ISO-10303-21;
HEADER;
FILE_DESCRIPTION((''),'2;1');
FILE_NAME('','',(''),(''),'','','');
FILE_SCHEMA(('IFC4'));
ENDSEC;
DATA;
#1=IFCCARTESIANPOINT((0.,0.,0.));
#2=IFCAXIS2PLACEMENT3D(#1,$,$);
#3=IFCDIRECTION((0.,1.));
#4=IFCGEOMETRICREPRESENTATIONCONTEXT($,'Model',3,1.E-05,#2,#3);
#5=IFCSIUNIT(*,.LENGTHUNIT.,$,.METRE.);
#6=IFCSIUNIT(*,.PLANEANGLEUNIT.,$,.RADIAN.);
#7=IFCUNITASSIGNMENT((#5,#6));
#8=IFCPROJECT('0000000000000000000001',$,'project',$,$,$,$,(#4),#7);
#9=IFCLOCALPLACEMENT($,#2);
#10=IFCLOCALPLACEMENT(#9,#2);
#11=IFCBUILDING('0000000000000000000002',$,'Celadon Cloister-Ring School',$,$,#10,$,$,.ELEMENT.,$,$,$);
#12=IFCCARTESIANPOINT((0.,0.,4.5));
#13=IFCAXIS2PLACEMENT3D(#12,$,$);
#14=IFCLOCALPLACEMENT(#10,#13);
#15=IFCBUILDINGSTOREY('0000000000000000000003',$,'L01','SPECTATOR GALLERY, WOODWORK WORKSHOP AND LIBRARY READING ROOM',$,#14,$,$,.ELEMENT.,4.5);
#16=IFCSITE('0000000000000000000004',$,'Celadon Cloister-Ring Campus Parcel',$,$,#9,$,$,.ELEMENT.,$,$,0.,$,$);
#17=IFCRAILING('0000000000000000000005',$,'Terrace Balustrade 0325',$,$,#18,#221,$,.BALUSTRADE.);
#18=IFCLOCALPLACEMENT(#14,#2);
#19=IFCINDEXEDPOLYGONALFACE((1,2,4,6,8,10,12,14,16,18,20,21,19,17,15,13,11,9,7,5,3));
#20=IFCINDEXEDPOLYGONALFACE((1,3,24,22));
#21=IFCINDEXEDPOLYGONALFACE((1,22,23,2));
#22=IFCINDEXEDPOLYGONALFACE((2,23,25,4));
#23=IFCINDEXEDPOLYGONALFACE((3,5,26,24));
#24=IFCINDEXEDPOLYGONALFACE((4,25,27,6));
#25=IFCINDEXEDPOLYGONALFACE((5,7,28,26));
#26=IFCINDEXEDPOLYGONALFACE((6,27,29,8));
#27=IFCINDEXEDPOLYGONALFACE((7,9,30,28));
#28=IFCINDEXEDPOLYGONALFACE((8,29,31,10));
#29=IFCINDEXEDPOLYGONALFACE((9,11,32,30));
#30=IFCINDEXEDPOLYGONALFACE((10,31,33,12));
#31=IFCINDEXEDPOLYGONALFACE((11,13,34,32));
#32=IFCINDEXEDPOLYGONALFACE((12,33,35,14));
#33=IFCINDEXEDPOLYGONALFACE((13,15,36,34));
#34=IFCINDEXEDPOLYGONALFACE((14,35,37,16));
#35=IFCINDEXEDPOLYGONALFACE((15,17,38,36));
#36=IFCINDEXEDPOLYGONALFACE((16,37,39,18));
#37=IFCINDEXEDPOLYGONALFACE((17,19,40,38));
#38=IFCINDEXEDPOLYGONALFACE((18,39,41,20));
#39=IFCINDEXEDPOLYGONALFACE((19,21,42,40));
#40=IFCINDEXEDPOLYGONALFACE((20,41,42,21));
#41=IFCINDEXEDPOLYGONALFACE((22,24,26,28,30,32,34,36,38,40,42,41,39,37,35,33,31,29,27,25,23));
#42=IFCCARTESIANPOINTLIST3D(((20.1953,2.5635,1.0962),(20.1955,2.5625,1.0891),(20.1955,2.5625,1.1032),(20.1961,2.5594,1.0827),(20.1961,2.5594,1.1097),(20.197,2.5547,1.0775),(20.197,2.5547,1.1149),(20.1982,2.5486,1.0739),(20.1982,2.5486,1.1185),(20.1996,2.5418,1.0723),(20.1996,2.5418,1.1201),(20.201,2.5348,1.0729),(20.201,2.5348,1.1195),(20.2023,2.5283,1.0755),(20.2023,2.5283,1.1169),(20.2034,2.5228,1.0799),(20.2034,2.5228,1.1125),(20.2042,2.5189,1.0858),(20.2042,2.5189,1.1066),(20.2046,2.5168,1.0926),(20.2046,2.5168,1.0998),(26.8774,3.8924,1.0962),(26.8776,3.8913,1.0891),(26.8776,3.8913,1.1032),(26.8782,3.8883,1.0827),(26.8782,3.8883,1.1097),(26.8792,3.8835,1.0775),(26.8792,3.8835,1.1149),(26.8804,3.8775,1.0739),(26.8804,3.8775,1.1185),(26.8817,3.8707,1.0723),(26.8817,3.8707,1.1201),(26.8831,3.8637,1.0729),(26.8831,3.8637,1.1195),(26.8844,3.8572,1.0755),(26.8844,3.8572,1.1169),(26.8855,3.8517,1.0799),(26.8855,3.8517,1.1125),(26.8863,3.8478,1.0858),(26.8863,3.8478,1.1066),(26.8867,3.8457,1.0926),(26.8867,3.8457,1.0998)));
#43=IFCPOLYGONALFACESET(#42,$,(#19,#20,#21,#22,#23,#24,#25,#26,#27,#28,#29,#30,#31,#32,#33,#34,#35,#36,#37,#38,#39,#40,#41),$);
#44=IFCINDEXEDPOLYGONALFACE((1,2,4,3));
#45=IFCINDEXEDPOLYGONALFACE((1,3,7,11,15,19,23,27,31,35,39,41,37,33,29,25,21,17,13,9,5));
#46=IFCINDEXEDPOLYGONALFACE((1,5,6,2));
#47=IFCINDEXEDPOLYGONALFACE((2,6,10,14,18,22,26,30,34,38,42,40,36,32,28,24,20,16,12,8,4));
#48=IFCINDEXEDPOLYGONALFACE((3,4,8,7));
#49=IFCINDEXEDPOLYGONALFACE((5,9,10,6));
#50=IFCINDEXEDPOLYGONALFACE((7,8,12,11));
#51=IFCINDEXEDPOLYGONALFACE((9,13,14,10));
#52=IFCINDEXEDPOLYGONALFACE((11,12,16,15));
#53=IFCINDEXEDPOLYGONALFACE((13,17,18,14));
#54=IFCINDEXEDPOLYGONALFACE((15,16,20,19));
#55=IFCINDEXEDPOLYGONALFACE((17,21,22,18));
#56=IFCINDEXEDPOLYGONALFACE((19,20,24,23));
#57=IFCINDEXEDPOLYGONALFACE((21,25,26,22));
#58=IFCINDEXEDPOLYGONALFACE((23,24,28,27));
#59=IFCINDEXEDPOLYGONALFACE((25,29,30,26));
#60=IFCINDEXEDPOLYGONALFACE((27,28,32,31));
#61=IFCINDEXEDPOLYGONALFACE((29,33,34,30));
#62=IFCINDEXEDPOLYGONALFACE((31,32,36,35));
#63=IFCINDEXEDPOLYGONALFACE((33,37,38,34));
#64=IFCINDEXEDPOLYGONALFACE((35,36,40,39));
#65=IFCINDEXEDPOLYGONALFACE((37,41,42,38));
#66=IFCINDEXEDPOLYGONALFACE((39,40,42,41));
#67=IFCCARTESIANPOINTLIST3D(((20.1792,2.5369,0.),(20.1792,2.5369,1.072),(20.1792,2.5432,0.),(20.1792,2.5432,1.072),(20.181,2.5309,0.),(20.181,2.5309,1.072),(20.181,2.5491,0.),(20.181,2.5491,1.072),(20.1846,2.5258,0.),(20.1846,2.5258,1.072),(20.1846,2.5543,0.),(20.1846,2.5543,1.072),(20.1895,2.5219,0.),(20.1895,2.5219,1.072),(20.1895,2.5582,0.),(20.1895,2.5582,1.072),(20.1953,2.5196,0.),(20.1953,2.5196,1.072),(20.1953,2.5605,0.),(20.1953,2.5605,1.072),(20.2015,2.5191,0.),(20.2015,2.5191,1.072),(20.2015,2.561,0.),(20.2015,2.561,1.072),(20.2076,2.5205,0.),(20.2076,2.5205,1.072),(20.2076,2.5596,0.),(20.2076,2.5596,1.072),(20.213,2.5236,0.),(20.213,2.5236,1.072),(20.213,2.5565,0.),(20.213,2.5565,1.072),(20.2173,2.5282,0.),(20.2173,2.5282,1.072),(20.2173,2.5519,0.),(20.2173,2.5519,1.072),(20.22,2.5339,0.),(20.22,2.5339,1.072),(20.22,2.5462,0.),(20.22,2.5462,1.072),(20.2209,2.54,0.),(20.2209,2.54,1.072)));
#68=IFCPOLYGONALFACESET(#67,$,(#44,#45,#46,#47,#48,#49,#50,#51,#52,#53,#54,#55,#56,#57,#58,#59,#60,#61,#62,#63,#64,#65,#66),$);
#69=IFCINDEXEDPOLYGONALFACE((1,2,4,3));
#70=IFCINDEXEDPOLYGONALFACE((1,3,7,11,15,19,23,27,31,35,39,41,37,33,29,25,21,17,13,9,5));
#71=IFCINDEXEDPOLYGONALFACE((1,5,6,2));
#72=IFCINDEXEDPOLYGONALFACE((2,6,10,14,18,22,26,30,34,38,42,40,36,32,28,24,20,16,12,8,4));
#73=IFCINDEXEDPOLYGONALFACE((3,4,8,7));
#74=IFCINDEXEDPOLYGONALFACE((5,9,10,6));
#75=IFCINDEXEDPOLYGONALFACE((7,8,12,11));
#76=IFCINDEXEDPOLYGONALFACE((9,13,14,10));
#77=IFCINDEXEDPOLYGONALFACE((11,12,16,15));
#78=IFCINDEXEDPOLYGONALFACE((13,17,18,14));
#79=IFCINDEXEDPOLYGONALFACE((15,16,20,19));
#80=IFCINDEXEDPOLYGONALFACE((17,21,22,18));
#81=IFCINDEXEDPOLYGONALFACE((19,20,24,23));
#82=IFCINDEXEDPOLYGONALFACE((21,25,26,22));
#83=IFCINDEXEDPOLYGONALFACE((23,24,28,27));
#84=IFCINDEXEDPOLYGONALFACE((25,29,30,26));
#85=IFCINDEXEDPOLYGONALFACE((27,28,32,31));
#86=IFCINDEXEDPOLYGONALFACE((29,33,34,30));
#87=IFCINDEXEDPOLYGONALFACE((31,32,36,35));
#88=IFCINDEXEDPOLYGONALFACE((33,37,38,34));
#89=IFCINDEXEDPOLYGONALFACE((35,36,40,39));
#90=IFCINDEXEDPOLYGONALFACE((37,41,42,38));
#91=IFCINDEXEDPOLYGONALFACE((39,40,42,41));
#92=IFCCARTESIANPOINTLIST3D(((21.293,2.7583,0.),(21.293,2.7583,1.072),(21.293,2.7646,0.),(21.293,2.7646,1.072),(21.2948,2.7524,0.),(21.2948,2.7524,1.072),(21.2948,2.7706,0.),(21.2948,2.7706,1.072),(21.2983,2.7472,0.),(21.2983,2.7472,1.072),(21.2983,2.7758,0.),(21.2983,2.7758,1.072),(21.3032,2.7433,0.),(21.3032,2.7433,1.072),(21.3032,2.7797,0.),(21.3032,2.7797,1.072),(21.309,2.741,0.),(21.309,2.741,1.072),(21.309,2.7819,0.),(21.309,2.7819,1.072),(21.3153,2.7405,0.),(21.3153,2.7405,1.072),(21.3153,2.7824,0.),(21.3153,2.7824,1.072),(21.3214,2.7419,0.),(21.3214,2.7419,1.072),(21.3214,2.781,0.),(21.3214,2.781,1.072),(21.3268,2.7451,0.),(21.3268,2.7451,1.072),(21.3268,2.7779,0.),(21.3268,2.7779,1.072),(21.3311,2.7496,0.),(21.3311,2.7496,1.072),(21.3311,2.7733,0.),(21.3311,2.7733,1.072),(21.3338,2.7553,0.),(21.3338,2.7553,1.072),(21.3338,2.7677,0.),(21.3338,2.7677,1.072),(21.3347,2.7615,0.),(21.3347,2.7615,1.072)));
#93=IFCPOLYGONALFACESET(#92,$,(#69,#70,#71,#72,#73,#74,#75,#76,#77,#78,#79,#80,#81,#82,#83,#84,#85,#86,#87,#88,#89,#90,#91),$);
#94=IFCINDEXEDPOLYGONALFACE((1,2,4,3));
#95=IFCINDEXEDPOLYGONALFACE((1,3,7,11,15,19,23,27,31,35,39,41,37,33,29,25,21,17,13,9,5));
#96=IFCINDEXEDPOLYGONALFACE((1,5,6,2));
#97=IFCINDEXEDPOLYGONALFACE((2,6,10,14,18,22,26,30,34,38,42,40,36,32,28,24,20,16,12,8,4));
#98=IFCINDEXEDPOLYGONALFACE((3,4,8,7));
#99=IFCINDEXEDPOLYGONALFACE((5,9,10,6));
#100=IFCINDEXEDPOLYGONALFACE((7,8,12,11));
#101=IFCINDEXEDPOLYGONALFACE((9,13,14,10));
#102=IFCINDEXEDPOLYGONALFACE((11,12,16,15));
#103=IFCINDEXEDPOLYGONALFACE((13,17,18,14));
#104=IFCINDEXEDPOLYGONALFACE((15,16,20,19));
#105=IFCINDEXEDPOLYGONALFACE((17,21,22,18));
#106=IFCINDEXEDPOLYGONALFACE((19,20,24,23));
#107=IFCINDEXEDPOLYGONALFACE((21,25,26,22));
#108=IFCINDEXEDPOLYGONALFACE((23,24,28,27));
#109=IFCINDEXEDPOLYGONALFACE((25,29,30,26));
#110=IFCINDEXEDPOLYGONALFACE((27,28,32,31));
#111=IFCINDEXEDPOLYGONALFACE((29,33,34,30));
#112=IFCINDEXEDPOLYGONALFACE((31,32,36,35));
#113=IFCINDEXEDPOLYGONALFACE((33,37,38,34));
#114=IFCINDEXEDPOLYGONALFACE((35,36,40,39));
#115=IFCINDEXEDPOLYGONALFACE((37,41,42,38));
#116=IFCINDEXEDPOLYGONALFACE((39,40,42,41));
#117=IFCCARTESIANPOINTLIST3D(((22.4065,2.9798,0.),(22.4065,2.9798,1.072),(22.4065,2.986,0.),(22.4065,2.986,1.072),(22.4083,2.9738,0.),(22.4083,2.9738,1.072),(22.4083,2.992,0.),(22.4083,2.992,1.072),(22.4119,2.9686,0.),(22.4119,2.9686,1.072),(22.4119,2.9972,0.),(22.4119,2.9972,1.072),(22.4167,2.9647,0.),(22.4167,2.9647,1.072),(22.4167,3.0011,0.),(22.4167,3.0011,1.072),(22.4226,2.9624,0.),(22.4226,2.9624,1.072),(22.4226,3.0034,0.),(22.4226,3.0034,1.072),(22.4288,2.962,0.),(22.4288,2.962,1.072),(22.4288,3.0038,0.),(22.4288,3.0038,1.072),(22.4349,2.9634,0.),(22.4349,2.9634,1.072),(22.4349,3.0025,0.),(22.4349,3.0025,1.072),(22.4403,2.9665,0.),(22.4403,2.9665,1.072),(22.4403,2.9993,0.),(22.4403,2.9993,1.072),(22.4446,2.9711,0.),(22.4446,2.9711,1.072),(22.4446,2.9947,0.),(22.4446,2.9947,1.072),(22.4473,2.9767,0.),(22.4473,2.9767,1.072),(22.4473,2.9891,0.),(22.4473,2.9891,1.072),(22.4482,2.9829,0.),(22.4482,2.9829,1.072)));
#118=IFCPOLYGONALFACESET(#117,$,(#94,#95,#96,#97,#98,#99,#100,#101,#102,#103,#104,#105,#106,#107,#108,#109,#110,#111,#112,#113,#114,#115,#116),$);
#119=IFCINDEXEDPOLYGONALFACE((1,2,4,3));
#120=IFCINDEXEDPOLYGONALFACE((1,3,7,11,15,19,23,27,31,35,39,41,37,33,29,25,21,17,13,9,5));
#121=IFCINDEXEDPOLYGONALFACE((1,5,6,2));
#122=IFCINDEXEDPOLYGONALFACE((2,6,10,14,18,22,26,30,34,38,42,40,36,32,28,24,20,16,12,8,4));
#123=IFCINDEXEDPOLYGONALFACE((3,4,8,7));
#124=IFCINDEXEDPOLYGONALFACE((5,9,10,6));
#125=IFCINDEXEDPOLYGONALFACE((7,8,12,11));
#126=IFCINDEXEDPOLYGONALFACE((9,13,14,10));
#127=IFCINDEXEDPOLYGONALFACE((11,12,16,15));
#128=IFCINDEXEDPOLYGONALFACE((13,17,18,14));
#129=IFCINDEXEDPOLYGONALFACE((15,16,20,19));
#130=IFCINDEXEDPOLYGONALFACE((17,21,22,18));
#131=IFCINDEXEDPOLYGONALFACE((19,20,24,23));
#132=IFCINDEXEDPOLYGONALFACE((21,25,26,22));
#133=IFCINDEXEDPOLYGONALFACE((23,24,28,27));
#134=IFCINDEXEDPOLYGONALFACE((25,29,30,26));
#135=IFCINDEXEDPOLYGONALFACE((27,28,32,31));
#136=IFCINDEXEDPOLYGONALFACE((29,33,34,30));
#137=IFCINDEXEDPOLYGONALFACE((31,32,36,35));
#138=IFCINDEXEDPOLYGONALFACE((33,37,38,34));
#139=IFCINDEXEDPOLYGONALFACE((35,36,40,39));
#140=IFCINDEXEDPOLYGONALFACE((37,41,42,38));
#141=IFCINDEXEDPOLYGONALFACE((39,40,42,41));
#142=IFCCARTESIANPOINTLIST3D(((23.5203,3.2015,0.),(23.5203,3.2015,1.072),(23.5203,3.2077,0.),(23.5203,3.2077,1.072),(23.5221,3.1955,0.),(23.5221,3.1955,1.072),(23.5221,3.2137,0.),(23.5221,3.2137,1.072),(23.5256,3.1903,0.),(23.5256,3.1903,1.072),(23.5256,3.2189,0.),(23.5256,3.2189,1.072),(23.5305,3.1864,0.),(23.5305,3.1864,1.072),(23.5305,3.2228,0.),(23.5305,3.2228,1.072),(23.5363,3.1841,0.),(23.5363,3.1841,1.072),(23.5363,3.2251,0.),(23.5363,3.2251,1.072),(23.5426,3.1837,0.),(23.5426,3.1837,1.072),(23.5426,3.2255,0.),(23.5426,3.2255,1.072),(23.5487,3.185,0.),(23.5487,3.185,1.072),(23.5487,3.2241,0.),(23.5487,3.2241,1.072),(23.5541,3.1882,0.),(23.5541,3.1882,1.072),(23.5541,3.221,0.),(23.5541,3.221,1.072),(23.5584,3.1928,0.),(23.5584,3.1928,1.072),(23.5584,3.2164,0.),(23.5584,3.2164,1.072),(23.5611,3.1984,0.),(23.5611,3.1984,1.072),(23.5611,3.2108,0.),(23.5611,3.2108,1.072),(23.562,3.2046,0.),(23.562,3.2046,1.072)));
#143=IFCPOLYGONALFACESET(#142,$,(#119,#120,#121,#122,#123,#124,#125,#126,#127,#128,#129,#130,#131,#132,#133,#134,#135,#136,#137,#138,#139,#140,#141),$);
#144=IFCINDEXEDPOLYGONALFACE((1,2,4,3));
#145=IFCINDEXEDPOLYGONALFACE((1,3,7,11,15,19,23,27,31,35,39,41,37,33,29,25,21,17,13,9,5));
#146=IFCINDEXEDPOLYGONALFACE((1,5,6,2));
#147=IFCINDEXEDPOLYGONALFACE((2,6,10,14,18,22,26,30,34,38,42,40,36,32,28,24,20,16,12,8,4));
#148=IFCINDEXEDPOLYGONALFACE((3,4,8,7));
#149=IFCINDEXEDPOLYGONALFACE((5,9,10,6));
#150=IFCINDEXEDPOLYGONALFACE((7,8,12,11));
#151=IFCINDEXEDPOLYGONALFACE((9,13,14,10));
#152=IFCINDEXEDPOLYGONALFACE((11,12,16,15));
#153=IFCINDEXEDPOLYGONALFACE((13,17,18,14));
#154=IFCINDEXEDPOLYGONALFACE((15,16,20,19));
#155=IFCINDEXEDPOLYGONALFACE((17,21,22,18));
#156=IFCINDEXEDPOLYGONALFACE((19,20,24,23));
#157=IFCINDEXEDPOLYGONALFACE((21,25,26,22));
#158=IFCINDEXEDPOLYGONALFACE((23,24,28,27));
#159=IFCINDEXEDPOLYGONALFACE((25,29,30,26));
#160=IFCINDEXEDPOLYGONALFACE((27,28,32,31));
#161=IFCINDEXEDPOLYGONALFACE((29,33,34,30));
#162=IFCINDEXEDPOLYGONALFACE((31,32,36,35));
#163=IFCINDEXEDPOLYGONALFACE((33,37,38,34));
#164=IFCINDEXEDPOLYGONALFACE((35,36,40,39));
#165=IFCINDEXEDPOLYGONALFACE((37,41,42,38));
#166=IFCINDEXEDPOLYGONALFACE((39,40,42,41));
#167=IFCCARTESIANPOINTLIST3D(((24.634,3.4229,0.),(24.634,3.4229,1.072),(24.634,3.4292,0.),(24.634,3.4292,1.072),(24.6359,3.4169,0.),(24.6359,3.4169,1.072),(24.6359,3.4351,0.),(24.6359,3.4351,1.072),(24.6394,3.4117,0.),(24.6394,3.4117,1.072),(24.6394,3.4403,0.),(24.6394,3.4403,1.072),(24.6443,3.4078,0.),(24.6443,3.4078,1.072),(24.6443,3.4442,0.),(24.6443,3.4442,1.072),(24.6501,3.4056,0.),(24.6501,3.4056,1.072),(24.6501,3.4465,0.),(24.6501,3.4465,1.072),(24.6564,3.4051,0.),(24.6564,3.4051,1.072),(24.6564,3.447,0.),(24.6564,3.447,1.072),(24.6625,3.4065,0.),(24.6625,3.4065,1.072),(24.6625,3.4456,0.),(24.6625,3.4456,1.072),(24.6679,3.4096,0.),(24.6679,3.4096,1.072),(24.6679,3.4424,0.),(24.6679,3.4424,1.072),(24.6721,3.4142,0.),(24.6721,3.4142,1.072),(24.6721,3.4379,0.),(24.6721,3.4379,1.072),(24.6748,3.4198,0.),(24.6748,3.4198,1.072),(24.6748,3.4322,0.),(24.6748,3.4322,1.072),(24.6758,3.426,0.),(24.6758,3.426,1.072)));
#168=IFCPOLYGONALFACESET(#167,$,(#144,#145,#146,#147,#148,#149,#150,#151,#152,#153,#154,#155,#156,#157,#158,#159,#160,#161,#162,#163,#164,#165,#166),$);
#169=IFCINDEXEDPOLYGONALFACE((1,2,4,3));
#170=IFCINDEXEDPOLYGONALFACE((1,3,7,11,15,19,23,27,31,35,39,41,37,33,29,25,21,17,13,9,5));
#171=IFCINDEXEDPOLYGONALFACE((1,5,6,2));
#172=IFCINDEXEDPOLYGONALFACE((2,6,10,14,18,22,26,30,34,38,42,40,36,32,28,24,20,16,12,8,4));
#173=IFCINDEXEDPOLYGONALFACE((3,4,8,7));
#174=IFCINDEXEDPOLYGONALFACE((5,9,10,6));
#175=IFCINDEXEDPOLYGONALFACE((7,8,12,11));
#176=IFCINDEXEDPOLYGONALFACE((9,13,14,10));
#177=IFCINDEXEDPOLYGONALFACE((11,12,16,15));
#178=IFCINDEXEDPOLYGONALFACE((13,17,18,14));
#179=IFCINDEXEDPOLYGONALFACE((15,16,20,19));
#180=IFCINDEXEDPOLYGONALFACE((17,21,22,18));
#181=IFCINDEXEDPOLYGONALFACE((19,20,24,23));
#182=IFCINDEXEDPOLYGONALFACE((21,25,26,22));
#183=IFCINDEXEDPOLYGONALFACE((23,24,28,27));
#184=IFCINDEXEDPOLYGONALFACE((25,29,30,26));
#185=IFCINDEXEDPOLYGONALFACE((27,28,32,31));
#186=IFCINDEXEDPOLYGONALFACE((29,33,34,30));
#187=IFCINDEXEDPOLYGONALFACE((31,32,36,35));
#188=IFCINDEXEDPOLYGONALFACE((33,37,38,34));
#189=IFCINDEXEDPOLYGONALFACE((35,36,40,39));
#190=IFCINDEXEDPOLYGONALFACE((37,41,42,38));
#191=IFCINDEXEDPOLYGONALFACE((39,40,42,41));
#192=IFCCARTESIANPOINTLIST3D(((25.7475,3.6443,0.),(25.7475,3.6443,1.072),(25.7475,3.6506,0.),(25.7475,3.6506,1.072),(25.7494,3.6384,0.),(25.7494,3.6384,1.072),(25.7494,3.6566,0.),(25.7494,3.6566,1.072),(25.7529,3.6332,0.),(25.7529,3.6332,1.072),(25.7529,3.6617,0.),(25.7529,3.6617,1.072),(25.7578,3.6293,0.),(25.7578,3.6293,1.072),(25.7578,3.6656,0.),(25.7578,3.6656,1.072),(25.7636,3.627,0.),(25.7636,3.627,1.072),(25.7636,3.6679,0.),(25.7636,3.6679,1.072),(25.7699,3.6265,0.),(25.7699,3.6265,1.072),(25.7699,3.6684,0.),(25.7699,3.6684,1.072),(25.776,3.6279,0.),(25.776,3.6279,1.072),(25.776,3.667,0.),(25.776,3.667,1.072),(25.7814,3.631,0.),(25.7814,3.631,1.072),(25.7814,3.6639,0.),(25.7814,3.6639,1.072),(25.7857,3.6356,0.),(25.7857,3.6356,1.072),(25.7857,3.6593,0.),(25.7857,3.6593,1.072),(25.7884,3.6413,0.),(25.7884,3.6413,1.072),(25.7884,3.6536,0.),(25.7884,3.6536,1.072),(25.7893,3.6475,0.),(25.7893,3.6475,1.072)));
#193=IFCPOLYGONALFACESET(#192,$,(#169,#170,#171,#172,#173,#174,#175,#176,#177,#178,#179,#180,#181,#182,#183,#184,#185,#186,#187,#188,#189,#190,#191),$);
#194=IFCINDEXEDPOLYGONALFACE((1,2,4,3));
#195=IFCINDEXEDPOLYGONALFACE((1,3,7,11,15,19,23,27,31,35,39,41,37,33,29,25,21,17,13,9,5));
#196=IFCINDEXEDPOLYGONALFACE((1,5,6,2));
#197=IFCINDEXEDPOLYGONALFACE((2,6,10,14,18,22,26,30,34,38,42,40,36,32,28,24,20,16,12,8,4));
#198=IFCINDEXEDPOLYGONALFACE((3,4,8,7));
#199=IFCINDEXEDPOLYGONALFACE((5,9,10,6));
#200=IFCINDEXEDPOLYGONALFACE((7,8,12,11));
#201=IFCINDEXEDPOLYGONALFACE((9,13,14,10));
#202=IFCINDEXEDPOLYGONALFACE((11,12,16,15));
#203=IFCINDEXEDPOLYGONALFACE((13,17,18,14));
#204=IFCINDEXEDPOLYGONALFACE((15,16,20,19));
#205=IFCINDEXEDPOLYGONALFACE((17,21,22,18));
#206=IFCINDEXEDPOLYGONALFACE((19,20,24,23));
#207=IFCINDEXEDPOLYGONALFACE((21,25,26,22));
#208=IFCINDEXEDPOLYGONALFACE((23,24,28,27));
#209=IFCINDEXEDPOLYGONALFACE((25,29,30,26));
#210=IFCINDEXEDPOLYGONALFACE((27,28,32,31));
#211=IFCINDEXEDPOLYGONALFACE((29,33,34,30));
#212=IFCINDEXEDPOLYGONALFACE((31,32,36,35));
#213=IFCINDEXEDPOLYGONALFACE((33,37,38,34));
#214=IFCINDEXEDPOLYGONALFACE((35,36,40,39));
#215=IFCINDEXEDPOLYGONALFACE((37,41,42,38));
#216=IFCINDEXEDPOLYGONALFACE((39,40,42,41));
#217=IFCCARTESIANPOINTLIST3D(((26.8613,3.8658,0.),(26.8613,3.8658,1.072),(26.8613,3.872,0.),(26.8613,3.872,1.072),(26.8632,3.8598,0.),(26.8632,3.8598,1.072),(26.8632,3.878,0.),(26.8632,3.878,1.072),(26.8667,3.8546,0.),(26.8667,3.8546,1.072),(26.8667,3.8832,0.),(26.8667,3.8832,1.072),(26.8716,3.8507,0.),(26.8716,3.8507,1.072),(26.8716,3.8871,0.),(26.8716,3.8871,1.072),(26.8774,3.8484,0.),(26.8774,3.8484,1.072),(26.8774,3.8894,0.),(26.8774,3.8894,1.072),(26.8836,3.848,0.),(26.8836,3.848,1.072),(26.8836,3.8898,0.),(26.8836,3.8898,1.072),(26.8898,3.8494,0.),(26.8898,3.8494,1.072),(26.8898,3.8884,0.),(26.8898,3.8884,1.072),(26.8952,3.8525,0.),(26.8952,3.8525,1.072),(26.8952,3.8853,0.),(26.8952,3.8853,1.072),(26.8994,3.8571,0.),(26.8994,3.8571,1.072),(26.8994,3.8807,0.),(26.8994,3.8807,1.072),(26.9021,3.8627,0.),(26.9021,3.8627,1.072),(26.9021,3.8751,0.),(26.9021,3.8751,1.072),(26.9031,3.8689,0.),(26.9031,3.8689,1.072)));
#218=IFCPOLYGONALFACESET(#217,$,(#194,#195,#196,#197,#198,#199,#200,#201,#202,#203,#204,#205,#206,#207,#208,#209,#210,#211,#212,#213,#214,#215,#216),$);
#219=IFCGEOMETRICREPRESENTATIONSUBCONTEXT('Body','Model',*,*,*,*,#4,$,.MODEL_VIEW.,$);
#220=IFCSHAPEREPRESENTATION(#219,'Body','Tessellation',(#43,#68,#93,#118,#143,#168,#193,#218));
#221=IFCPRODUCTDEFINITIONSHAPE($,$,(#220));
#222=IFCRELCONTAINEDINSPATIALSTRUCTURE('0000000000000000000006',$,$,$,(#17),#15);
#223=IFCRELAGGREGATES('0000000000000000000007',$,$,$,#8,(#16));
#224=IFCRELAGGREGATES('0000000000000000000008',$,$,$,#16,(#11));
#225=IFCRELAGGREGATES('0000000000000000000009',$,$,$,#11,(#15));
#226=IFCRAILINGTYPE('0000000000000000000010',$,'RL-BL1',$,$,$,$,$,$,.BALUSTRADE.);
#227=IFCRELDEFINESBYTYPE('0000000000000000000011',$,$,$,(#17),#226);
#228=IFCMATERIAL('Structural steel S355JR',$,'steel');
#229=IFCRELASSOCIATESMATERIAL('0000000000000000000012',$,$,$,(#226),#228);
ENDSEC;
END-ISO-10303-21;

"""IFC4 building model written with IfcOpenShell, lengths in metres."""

from ifc_helpers import new_model, si_unit, direction, frame, origin, origin_2d, place, context, subcontext, project, spatial, circle, extrude, material, type_object, element, save


model = new_model("IFC4")

# Units and contexts
model_context = context("Model", 3, precision=1e-05, world=origin(), true_north=direction((0.0, 1.0)))
body_context = subcontext(model_context, "Body", "Model", "MODEL_VIEW")
ifc_project = project(units=[si_unit("LENGTHUNIT", "METRE"), si_unit("PLANEANGLEUNIT", "RADIAN")], contexts=[model_context])

# Site, building, storey
site_placement = place(None, origin())
site = spatial("IfcSite", under=ifc_project, at=site_placement, Name="Celadon Cloister-Ring Campus Parcel", CompositionType="ELEMENT", RefElevation=0.0)
building_placement = place(site_placement, origin())
building = spatial("IfcBuilding", under=site, at=building_placement, Name="Celadon Cloister-Ring School", CompositionType="ELEMENT")
storey_placement = place(building_placement, frame((0.0, 0.0, 4.5)))
storey = spatial("IfcBuildingStorey", under=building, at=storey_placement, Name="L01", Description="SPECTATOR GALLERY, WOODWORK WORKSHOP AND LIBRARY READING ROOM", CompositionType="ELEMENT", Elevation=4.5)

# Railing
ifc_material_1 = material(Name="Structural steel S355JR", Category="steel")
railing_type = type_object("IfcRailingType", Name="RL-BL1", PredefinedType="BALUSTRADE", material=ifc_material_1)
railing_placement = place(storey_placement, frame((20.2, 2.54, 0.0)))
element("IfcRailing", 1, at=railing_placement, inside=storey, type_object=railing_type, Name="Terrace Balustrade 0325", PredefinedType="BALUSTRADE", context=body_context, shape_type="SweptSolid", body=[
    extrude(circle(Radius=0.0239, at=origin_2d()), frame((0.0, 0.0, 1.0962), z_axis=(0.980794, 0.195048, 0.0), x_axis=(-0.195048, 0.980794, 0.0)), (0.0, 0.0, 1.0), 6.813),
    extrude(circle(Radius=0.021, at=origin_2d()), origin(), (0.0, 0.0, 1.0), 1.072),
    extrude(circle(Radius=0.021, at=origin_2d()), frame((1.1138, 0.2214, 0.0)), (0.0, 0.0, 1.0), 1.072),
    extrude(circle(Radius=0.021, at=origin_2d()), frame((2.2273, 0.4429, 0.0)), (0.0, 0.0, 1.0), 1.072),
    extrude(circle(Radius=0.021, at=origin_2d()), frame((3.3411, 0.6646, 0.0)), (0.0, 0.0, 1.0), 1.072),
    extrude(circle(Radius=0.021, at=origin_2d()), frame((4.4548, 0.886, 0.0)), (0.0, 0.0, 1.0), 1.072),
    extrude(circle(Radius=0.021, at=origin_2d()), frame((5.5684, 1.1074, 0.0)), (0.0, 0.0, 1.0), 1.072),
    extrude(circle(Radius=0.021, at=origin_2d()), frame((6.6821, 1.3289, 0.0)), (0.0, 0.0, 1.0), 1.072),
])

save(model, "model.ifc")
